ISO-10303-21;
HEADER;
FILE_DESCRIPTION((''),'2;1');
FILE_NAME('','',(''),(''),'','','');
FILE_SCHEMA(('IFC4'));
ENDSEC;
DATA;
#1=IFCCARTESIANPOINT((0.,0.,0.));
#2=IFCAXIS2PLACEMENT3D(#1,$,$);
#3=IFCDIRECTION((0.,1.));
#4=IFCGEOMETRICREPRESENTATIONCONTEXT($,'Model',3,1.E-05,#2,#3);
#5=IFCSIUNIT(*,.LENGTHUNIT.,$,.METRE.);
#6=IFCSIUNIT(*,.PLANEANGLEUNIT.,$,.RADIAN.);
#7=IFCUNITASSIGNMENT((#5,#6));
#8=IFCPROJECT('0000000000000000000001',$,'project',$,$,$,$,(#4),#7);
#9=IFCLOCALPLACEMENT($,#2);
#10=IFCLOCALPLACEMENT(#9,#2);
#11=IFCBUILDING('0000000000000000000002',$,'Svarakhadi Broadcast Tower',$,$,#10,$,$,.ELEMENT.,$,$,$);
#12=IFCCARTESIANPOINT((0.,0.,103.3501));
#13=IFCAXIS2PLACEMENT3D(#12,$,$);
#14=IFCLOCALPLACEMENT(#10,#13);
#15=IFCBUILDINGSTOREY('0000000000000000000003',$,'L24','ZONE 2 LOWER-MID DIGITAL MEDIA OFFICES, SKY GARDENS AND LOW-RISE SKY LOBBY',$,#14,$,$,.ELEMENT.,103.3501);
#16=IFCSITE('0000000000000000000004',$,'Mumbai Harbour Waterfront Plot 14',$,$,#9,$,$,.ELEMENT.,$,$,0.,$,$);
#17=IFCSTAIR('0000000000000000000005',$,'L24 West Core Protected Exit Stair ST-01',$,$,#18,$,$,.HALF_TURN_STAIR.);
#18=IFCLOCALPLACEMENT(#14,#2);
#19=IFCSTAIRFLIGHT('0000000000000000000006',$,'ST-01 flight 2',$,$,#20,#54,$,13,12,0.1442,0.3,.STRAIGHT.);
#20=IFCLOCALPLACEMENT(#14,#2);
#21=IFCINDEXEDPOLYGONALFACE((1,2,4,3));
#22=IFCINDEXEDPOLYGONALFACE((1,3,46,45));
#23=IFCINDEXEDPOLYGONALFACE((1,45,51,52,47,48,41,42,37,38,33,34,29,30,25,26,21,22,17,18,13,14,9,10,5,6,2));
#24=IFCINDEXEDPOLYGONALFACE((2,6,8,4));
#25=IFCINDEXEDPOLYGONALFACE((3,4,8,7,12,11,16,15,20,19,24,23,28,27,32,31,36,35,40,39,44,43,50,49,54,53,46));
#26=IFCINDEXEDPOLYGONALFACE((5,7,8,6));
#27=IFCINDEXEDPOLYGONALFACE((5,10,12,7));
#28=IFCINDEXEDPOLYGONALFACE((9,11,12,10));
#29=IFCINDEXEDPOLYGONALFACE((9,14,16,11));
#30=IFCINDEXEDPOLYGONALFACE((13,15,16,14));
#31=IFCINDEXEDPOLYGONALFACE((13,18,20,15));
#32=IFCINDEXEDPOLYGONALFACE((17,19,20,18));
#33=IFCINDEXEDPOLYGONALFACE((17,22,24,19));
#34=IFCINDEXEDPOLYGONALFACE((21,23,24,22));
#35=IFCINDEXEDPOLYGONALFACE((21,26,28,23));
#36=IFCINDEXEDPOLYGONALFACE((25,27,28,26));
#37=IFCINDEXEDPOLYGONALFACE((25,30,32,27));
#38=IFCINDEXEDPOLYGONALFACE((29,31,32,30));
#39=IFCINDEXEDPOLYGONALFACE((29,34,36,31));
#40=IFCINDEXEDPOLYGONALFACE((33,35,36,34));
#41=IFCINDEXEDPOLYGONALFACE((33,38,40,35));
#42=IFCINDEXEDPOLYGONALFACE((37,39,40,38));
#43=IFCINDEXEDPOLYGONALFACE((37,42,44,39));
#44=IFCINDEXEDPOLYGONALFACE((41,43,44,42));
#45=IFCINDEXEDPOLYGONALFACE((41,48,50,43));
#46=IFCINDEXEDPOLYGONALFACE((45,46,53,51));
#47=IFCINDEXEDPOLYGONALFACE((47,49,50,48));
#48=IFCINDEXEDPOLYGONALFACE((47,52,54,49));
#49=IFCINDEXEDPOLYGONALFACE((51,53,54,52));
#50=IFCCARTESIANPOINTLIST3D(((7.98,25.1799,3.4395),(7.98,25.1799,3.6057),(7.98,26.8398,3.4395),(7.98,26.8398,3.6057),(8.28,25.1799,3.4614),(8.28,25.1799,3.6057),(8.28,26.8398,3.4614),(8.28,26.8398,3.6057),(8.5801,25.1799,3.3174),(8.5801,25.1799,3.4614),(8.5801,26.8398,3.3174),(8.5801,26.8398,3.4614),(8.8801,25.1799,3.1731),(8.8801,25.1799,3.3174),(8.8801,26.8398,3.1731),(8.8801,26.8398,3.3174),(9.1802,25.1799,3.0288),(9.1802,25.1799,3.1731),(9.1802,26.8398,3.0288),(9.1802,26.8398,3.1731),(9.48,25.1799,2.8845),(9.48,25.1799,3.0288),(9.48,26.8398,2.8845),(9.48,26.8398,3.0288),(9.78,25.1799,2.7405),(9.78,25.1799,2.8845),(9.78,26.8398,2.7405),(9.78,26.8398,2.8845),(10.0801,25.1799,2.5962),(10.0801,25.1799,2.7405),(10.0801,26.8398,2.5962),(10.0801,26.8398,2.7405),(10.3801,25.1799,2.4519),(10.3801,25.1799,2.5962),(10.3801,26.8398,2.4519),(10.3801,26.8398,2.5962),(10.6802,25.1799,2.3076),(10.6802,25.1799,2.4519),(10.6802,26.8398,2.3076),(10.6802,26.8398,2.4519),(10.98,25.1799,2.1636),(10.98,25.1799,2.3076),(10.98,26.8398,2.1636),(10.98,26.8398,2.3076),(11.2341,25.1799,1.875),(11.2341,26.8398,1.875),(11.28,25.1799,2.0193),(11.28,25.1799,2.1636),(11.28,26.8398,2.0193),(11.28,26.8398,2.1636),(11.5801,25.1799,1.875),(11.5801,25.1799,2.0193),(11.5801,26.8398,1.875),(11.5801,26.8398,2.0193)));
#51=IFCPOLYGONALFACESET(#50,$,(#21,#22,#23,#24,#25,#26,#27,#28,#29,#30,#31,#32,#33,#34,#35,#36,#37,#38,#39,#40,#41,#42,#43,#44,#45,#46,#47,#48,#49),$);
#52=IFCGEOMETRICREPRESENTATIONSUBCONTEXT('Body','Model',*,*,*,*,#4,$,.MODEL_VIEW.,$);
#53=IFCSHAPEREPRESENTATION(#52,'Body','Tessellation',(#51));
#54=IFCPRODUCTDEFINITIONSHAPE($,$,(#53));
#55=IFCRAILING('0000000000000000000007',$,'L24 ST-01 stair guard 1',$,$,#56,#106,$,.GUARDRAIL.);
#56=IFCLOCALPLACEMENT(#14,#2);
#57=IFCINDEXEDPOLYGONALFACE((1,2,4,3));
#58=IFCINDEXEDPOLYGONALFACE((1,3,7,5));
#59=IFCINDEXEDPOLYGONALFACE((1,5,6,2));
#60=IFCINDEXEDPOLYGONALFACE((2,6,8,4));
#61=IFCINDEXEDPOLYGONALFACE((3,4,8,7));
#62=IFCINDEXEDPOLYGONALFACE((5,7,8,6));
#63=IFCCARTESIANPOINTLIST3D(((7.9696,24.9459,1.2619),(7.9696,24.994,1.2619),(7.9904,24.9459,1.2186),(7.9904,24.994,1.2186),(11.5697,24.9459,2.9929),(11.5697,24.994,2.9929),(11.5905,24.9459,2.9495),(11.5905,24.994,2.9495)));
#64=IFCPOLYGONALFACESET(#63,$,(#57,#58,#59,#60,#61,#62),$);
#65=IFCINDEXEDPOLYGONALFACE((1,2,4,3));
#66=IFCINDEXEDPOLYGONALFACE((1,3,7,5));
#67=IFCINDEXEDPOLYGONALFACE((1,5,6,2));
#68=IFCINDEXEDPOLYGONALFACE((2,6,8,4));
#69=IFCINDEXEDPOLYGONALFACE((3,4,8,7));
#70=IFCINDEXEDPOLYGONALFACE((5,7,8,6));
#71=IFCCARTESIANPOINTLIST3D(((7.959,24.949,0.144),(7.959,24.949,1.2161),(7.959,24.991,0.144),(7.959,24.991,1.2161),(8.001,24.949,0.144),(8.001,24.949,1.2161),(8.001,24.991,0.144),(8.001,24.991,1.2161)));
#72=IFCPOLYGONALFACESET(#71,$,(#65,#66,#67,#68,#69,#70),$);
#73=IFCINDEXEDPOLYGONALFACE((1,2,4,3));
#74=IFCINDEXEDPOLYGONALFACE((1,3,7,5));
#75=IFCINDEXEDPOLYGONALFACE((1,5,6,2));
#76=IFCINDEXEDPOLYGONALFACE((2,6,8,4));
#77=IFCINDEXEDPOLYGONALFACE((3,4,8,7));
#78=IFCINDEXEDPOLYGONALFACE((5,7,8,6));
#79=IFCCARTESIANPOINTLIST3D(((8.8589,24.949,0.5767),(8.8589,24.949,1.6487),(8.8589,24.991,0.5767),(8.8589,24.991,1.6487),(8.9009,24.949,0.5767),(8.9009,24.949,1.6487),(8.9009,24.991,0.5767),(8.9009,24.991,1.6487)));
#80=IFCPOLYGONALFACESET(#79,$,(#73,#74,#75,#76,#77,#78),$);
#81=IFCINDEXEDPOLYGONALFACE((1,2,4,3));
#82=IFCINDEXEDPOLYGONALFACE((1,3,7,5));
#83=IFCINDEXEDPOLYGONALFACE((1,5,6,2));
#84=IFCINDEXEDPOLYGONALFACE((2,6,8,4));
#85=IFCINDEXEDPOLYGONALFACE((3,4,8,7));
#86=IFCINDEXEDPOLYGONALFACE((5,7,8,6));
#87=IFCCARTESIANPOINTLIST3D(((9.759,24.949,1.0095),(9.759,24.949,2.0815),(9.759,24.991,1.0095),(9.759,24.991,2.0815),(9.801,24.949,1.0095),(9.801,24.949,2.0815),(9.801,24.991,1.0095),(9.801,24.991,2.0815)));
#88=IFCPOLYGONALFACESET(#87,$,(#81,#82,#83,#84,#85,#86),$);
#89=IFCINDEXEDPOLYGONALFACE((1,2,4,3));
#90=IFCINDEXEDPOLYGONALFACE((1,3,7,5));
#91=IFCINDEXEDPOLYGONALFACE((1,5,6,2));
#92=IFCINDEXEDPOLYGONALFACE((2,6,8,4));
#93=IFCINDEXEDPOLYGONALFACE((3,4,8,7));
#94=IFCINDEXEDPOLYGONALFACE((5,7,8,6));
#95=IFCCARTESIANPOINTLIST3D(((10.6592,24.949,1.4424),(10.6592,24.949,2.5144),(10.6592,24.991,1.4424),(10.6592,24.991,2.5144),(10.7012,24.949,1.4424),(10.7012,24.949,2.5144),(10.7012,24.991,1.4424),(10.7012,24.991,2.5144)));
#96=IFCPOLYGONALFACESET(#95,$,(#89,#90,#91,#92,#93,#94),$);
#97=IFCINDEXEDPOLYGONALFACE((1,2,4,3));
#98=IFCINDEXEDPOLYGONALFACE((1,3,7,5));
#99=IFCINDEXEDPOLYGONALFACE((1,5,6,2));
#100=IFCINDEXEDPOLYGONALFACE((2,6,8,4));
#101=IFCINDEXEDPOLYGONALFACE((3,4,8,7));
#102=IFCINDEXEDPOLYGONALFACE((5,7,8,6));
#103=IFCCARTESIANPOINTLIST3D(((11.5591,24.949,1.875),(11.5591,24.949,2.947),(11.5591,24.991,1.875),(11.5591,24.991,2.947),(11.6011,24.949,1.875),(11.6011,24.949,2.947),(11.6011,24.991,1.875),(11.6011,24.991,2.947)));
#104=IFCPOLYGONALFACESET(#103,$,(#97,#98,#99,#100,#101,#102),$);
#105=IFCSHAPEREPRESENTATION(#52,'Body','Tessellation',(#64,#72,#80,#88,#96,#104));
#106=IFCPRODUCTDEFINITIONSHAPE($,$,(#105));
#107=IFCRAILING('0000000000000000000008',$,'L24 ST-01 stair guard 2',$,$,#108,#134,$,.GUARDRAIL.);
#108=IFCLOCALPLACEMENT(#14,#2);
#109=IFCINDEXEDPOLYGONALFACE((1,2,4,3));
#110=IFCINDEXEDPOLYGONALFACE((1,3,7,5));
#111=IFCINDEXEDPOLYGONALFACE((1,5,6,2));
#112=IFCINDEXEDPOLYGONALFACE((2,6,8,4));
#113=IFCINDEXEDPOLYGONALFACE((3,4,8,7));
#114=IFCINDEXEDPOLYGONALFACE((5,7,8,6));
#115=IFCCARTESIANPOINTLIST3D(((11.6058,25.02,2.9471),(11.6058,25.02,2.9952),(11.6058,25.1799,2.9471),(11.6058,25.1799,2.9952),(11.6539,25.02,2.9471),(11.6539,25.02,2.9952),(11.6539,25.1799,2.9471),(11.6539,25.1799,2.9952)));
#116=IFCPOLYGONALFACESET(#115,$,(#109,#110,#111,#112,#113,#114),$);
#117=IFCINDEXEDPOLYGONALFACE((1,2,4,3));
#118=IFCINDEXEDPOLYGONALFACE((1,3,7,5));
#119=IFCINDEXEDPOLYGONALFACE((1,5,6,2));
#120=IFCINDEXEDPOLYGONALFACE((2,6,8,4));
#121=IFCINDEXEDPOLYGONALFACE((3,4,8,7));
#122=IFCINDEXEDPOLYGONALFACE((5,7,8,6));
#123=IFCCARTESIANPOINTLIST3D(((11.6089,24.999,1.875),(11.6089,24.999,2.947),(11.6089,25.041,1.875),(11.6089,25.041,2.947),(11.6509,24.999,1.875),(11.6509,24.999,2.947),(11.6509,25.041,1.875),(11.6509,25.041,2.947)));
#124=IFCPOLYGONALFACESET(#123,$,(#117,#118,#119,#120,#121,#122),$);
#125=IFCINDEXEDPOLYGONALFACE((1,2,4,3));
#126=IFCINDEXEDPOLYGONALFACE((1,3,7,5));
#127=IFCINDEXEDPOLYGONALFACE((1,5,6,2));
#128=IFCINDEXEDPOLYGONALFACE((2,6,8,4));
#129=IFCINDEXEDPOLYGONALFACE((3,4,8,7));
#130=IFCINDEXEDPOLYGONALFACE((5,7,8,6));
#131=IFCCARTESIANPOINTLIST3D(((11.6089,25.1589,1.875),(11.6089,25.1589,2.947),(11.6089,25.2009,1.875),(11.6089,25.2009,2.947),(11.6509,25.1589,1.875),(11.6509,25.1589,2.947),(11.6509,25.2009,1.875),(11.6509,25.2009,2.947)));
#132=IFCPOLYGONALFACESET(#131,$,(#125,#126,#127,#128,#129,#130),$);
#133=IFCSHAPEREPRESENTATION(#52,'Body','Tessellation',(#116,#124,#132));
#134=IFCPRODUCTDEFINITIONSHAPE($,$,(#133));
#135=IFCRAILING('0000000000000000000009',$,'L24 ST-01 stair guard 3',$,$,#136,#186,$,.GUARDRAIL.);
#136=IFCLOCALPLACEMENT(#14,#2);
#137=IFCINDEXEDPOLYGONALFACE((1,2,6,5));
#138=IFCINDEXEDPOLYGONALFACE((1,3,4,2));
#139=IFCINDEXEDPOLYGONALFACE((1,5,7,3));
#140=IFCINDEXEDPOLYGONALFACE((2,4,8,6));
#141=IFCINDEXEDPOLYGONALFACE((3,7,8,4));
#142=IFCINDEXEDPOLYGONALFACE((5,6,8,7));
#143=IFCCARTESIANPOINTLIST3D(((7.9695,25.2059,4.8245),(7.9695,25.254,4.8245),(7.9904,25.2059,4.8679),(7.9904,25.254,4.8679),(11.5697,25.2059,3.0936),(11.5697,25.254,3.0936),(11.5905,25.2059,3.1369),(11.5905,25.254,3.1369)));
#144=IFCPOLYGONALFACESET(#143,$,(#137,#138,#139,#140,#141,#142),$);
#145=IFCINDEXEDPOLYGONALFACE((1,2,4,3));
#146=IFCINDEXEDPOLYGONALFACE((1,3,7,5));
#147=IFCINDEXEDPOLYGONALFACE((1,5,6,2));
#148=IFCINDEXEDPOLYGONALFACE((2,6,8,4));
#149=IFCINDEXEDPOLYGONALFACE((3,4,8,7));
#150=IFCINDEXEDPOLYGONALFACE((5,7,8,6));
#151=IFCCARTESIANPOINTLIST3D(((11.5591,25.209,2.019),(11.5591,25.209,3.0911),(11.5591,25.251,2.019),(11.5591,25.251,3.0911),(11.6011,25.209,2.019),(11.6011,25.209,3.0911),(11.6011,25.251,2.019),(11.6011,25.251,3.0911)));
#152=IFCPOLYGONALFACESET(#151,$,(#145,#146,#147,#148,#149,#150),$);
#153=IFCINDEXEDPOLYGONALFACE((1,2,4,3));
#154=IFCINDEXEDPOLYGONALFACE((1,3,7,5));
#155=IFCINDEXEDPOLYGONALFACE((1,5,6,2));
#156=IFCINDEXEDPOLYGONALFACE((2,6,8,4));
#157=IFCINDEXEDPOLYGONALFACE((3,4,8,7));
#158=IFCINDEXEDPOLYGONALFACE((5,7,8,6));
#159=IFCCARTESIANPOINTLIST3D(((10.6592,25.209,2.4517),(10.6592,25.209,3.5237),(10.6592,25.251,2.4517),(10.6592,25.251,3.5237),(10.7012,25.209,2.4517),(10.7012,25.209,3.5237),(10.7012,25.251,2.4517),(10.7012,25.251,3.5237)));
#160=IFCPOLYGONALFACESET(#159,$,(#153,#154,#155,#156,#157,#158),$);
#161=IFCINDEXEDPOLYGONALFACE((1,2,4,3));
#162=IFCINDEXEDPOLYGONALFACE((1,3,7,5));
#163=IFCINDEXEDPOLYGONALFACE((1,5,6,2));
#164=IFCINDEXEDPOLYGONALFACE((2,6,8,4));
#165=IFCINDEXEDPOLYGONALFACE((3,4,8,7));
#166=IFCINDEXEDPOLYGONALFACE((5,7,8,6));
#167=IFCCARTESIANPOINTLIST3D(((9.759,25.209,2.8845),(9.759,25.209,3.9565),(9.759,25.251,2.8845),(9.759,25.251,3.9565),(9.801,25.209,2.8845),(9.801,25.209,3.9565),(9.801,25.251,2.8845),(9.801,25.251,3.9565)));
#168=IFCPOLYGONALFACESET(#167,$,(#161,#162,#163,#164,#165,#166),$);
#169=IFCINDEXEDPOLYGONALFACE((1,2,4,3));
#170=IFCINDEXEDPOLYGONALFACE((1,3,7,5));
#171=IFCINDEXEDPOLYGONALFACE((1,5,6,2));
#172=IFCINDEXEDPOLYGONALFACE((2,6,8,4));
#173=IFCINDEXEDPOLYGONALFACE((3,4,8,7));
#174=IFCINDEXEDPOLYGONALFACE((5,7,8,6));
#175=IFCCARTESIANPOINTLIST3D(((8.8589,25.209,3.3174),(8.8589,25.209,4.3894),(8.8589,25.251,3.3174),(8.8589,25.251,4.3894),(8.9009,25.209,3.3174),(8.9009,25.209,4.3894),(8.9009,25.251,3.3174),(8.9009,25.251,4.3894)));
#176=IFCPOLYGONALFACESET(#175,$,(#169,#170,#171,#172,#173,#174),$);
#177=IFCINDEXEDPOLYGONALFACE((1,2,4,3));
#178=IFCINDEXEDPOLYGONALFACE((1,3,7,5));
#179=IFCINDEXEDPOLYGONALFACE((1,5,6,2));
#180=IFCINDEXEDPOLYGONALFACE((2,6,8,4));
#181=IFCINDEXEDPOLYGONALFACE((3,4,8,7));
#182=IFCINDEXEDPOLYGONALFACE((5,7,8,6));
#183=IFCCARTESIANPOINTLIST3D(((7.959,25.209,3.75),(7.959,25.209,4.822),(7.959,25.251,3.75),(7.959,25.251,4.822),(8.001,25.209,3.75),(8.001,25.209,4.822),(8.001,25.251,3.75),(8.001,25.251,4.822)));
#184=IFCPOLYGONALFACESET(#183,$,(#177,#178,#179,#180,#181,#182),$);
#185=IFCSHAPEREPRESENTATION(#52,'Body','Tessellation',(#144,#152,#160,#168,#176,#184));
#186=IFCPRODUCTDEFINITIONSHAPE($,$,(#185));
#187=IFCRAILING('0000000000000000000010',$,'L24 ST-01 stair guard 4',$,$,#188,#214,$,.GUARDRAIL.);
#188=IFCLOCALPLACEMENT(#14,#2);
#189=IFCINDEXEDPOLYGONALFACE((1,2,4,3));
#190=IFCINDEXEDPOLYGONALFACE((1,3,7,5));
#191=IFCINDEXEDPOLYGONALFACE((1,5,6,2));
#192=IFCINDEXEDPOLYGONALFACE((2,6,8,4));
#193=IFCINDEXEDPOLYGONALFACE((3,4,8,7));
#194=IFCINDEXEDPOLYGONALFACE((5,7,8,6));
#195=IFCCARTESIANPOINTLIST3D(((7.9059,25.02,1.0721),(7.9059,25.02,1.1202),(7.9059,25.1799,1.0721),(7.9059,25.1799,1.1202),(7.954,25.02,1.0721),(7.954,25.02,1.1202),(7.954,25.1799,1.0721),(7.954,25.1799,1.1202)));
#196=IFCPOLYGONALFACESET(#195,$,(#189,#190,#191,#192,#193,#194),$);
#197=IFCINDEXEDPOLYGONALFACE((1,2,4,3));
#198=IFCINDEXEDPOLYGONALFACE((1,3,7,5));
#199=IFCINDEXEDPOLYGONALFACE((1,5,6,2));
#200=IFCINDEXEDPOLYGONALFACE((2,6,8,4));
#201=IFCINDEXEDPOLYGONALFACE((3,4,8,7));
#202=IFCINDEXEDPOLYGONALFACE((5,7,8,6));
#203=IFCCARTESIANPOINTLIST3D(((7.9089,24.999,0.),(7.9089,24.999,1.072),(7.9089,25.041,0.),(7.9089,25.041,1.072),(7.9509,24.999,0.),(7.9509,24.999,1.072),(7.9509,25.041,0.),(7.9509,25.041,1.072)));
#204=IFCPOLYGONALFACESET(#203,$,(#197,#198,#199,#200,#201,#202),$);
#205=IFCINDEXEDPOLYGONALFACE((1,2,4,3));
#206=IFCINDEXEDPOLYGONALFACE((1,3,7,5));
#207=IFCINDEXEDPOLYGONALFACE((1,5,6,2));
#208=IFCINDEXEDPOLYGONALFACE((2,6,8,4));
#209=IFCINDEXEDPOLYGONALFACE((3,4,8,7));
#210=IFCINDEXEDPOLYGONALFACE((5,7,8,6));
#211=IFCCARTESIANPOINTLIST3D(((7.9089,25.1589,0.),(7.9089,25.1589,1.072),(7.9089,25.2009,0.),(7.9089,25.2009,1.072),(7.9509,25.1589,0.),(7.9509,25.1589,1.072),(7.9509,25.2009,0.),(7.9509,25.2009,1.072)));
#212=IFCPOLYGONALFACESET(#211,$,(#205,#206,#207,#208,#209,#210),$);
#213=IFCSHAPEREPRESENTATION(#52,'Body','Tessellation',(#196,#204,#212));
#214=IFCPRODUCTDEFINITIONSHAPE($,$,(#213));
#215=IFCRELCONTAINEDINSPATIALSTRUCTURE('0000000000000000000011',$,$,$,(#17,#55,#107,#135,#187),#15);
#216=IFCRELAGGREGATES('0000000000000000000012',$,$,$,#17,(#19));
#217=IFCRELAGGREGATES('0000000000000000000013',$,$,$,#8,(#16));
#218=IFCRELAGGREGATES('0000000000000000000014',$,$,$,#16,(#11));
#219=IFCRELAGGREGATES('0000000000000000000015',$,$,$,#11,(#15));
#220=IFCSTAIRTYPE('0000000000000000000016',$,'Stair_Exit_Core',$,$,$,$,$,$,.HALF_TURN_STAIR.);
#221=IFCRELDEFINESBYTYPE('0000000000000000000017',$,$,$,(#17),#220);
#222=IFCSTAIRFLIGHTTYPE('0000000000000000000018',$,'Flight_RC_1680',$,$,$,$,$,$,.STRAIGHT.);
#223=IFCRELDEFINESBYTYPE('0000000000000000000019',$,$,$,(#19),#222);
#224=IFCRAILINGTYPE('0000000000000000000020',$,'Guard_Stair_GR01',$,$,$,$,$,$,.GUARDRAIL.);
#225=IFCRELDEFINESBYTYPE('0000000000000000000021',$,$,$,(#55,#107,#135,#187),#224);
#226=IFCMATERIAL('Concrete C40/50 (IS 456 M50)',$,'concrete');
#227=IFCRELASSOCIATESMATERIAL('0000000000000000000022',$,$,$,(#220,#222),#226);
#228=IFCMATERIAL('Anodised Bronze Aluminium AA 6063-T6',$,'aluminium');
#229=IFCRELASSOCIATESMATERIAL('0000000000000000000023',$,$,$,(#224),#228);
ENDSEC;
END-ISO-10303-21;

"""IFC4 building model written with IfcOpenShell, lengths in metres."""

from ifc_helpers import new_model, si_unit, direction, frame, origin, origin_2d, place, context, subcontext, project, spatial, polyline, rectangle, outline, extrude, material, type_object, element, aggregate, save


model = new_model("IFC4")

# Units and contexts
model_context = context("Model", 3, precision=1e-05, world=origin(), true_north=direction((0.0, 1.0)))
body_context = subcontext(model_context, "Body", "Model", "MODEL_VIEW")
ifc_project = project(units=[si_unit("LENGTHUNIT", "METRE"), si_unit("PLANEANGLEUNIT", "RADIAN")], contexts=[model_context])

# Site, building, storey
site_placement = place(None, origin())
site = spatial("IfcSite", under=ifc_project, at=site_placement, Name="Mumbai Harbour Waterfront Plot 14", CompositionType="ELEMENT", RefElevation=0.0)
building_placement = place(site_placement, origin())
building = spatial("IfcBuilding", under=site, at=building_placement, Name="Svarakhadi Broadcast Tower", CompositionType="ELEMENT")
storey_placement = place(building_placement, frame((0.0, 0.0, 103.3501)))
storey = spatial("IfcBuildingStorey", under=building, at=storey_placement, Name="L24", Description="ZONE 2 LOWER-MID DIGITAL MEDIA OFFICES, SKY GARDENS AND LOW-RISE SKY LOBBY", CompositionType="ELEMENT", Elevation=103.3501)

# Shared definitions
ifc_material_1 = material(Name="Concrete C40/50 (IS 456 M50)", Category="concrete")

# Stair, stair flight
stair_type = type_object("IfcStairType", Name="Stair_Exit_Core", PredefinedType="HALF_TURN_STAIR", material=ifc_material_1)
stair_placement = place(storey_placement, origin())
stair = element("IfcStair", 1, at=stair_placement, inside=storey, type_object=stair_type, Name="L24 West Core Protected Exit Stair ST-01", PredefinedType="HALF_TURN_STAIR")
stair_flight_type = type_object("IfcStairFlightType", Name="Flight_RC_1680", PredefinedType="STRAIGHT", material=ifc_material_1)
stair_flight_1_placement = place(storey_placement, frame((11.5801, 26.01, 1.875), z_axis=(0.0, 0.0, 1.0), x_axis=(-1.0, 0.0, 0.0)))
stair_flight_1 = element("IfcStairFlight", 2, at=stair_flight_1_placement, type_object=stair_flight_type, Name="ST-01 flight 2", NumberOfRisers=13, NumberOfTreads=12, PredefinedType="STRAIGHT", RiserHeight=0.1442, TreadLength=0.3, context=body_context, shape_type="SweptSolid", body=[
    extrude(outline(polyline([(0.0, 0.0), (0.0, 0.1443), (0.3, 0.1443), (0.3, 0.2886), (0.6001, 0.2886), (0.6001, 0.4326), (0.8999, 0.4326), (0.8999, 0.5769), (1.2, 0.5769), (1.2, 0.7212), (1.5, 0.7212), (1.5, 0.8655), (1.8, 0.8655), (1.8, 1.0095), (2.1001, 1.0095), (2.1001, 1.1538), (2.3999, 1.1538), (2.3999, 1.2981), (2.7, 1.2981), (2.7, 1.4424), (3.0, 1.4424), (3.0, 1.5864), (3.3, 1.5864), (3.3, 1.7307), (3.6001, 1.7307), (3.6001, 1.875), (3.6001, 1.5645), (0.3459, 0.0), (0.0, 0.0)])), frame((0.0, 0.8301, 0.0), z_axis=(0.0, -1.0, 0.0), x_axis=(1.0, 0.0, 0.0)), (0.0, 0.0, 1.0), 1.6599),
])
aggregate(stair, [stair_flight_1])

# Railings
ifc_material_2 = material(Name="Anodised Bronze Aluminium AA 6063-T6", Category="aluminium")
railing_type_1 = type_object("IfcRailingType", Name="Guard_Stair_GR01", PredefinedType="GUARDRAIL", material=ifc_material_2)
railing_1_placement = place(storey_placement, frame((7.98, 24.97, 0.144)))
element("IfcRailing", 3, at=railing_1_placement, inside=storey, type_object=railing_type_1, Name="L24 ST-01 stair guard 1", PredefinedType="GUARDRAIL", context=body_context, shape_type="SweptSolid", body=[
    extrude(rectangle(XDim=0.0481, YDim=0.0481, at=origin_2d()), frame((0.0, 0.0, 1.0962), z_axis=(0.901239, 0.0, 0.433323), x_axis=(0.0, 1.0, 0.0)), (0.0, 0.0, 1.0), 3.9946),
    extrude(rectangle(XDim=0.042, YDim=0.042, at=origin_2d()), origin(), (0.0, 0.0, 1.0), 1.072),
    extrude(rectangle(XDim=0.042, YDim=0.042, at=origin_2d()), frame((0.8999, 0.0, 0.4326)), (0.0, 0.0, 1.0), 1.072),
    extrude(rectangle(XDim=0.042, YDim=0.042, at=origin_2d()), frame((1.8, 0.0, 0.8655)), (0.0, 0.0, 1.0), 1.072),
    extrude(rectangle(XDim=0.042, YDim=0.042, at=origin_2d()), frame((2.7002, 0.0, 1.2983)), (0.0, 0.0, 1.0), 1.072),
    extrude(rectangle(XDim=0.042, YDim=0.042, at=origin_2d()), frame((3.6001, 0.0, 1.731)), (0.0, 0.0, 1.0), 1.072),
])
railing_2_placement = place(storey_placement, frame((11.6299, 25.02, 1.875)))
element("IfcRailing", 4, at=railing_2_placement, inside=storey, type_object=railing_type_1, Name="L24 ST-01 stair guard 2", PredefinedType="GUARDRAIL", context=body_context, shape_type="SweptSolid", body=[
    extrude(rectangle(XDim=0.0481, YDim=0.0481, at=origin_2d()), frame((0.0, 0.0, 1.0962), z_axis=(0.0, 1.0, 0.0), x_axis=(-1.0, 0.0, 0.0)), (0.0, 0.0, 1.0), 0.1599),
    extrude(rectangle(XDim=0.042, YDim=0.042, at=origin_2d()), origin(), (0.0, 0.0, 1.0), 1.072),
    extrude(rectangle(XDim=0.042, YDim=0.042, at=origin_2d()), frame((0.0, 0.1599, 0.0)), (0.0, 0.0, 1.0), 1.072),
])
railing_3_placement = place(storey_placement, frame((11.5801, 25.23, 2.019)))
element("IfcRailing", 5, at=railing_3_placement, inside=storey, type_object=railing_type_1, Name="L24 ST-01 stair guard 3", PredefinedType="GUARDRAIL", context=body_context, shape_type="SweptSolid", body=[
    extrude(rectangle(XDim=0.0481, YDim=0.0481, at=origin_2d()), frame((0.0, 0.0, 1.0962), z_axis=(-0.901239, 0.0, 0.433323), x_axis=(0.0, -1.0, 0.0)), (0.0, 0.0, 1.0), 3.9946),
    extrude(rectangle(XDim=0.042, YDim=0.042, at=origin_2d()), origin(), (0.0, 0.0, 1.0), 1.072),
    extrude(rectangle(XDim=0.042, YDim=0.042, at=origin_2d()), frame((-0.8999, 0.0, 0.4326)), (0.0, 0.0, 1.0), 1.072),
    extrude(rectangle(XDim=0.042, YDim=0.042, at=origin_2d()), frame((-1.8, 0.0, 0.8655)), (0.0, 0.0, 1.0), 1.072),
    extrude(rectangle(XDim=0.042, YDim=0.042, at=origin_2d()), frame((-2.7002, 0.0, 1.2983)), (0.0, 0.0, 1.0), 1.072),
    extrude(rectangle(XDim=0.042, YDim=0.042, at=origin_2d()), frame((-3.6001, 0.0, 1.731)), (0.0, 0.0, 1.0), 1.072),
])
railing_4_placement = place(storey_placement, frame((7.9299, 25.02, 0.0)))
element("IfcRailing", 6, at=railing_4_placement, inside=storey, type_object=railing_type_1, Name="L24 ST-01 stair guard 4", PredefinedType="GUARDRAIL", context=body_context, shape_type="SweptSolid", body=[
    extrude(rectangle(XDim=0.0481, YDim=0.0481, at=origin_2d()), frame((0.0, 0.0, 1.0962), z_axis=(0.0, 1.0, 0.0), x_axis=(-1.0, 0.0, 0.0)), (0.0, 0.0, 1.0), 0.1599),
    extrude(rectangle(XDim=0.042, YDim=0.042, at=origin_2d()), origin(), (0.0, 0.0, 1.0), 1.072),
    extrude(rectangle(XDim=0.042, YDim=0.042, at=origin_2d()), frame((0.0, 0.1599, 0.0)), (0.0, 0.0, 1.0), 1.072),
])

save(model, "model.ifc")
